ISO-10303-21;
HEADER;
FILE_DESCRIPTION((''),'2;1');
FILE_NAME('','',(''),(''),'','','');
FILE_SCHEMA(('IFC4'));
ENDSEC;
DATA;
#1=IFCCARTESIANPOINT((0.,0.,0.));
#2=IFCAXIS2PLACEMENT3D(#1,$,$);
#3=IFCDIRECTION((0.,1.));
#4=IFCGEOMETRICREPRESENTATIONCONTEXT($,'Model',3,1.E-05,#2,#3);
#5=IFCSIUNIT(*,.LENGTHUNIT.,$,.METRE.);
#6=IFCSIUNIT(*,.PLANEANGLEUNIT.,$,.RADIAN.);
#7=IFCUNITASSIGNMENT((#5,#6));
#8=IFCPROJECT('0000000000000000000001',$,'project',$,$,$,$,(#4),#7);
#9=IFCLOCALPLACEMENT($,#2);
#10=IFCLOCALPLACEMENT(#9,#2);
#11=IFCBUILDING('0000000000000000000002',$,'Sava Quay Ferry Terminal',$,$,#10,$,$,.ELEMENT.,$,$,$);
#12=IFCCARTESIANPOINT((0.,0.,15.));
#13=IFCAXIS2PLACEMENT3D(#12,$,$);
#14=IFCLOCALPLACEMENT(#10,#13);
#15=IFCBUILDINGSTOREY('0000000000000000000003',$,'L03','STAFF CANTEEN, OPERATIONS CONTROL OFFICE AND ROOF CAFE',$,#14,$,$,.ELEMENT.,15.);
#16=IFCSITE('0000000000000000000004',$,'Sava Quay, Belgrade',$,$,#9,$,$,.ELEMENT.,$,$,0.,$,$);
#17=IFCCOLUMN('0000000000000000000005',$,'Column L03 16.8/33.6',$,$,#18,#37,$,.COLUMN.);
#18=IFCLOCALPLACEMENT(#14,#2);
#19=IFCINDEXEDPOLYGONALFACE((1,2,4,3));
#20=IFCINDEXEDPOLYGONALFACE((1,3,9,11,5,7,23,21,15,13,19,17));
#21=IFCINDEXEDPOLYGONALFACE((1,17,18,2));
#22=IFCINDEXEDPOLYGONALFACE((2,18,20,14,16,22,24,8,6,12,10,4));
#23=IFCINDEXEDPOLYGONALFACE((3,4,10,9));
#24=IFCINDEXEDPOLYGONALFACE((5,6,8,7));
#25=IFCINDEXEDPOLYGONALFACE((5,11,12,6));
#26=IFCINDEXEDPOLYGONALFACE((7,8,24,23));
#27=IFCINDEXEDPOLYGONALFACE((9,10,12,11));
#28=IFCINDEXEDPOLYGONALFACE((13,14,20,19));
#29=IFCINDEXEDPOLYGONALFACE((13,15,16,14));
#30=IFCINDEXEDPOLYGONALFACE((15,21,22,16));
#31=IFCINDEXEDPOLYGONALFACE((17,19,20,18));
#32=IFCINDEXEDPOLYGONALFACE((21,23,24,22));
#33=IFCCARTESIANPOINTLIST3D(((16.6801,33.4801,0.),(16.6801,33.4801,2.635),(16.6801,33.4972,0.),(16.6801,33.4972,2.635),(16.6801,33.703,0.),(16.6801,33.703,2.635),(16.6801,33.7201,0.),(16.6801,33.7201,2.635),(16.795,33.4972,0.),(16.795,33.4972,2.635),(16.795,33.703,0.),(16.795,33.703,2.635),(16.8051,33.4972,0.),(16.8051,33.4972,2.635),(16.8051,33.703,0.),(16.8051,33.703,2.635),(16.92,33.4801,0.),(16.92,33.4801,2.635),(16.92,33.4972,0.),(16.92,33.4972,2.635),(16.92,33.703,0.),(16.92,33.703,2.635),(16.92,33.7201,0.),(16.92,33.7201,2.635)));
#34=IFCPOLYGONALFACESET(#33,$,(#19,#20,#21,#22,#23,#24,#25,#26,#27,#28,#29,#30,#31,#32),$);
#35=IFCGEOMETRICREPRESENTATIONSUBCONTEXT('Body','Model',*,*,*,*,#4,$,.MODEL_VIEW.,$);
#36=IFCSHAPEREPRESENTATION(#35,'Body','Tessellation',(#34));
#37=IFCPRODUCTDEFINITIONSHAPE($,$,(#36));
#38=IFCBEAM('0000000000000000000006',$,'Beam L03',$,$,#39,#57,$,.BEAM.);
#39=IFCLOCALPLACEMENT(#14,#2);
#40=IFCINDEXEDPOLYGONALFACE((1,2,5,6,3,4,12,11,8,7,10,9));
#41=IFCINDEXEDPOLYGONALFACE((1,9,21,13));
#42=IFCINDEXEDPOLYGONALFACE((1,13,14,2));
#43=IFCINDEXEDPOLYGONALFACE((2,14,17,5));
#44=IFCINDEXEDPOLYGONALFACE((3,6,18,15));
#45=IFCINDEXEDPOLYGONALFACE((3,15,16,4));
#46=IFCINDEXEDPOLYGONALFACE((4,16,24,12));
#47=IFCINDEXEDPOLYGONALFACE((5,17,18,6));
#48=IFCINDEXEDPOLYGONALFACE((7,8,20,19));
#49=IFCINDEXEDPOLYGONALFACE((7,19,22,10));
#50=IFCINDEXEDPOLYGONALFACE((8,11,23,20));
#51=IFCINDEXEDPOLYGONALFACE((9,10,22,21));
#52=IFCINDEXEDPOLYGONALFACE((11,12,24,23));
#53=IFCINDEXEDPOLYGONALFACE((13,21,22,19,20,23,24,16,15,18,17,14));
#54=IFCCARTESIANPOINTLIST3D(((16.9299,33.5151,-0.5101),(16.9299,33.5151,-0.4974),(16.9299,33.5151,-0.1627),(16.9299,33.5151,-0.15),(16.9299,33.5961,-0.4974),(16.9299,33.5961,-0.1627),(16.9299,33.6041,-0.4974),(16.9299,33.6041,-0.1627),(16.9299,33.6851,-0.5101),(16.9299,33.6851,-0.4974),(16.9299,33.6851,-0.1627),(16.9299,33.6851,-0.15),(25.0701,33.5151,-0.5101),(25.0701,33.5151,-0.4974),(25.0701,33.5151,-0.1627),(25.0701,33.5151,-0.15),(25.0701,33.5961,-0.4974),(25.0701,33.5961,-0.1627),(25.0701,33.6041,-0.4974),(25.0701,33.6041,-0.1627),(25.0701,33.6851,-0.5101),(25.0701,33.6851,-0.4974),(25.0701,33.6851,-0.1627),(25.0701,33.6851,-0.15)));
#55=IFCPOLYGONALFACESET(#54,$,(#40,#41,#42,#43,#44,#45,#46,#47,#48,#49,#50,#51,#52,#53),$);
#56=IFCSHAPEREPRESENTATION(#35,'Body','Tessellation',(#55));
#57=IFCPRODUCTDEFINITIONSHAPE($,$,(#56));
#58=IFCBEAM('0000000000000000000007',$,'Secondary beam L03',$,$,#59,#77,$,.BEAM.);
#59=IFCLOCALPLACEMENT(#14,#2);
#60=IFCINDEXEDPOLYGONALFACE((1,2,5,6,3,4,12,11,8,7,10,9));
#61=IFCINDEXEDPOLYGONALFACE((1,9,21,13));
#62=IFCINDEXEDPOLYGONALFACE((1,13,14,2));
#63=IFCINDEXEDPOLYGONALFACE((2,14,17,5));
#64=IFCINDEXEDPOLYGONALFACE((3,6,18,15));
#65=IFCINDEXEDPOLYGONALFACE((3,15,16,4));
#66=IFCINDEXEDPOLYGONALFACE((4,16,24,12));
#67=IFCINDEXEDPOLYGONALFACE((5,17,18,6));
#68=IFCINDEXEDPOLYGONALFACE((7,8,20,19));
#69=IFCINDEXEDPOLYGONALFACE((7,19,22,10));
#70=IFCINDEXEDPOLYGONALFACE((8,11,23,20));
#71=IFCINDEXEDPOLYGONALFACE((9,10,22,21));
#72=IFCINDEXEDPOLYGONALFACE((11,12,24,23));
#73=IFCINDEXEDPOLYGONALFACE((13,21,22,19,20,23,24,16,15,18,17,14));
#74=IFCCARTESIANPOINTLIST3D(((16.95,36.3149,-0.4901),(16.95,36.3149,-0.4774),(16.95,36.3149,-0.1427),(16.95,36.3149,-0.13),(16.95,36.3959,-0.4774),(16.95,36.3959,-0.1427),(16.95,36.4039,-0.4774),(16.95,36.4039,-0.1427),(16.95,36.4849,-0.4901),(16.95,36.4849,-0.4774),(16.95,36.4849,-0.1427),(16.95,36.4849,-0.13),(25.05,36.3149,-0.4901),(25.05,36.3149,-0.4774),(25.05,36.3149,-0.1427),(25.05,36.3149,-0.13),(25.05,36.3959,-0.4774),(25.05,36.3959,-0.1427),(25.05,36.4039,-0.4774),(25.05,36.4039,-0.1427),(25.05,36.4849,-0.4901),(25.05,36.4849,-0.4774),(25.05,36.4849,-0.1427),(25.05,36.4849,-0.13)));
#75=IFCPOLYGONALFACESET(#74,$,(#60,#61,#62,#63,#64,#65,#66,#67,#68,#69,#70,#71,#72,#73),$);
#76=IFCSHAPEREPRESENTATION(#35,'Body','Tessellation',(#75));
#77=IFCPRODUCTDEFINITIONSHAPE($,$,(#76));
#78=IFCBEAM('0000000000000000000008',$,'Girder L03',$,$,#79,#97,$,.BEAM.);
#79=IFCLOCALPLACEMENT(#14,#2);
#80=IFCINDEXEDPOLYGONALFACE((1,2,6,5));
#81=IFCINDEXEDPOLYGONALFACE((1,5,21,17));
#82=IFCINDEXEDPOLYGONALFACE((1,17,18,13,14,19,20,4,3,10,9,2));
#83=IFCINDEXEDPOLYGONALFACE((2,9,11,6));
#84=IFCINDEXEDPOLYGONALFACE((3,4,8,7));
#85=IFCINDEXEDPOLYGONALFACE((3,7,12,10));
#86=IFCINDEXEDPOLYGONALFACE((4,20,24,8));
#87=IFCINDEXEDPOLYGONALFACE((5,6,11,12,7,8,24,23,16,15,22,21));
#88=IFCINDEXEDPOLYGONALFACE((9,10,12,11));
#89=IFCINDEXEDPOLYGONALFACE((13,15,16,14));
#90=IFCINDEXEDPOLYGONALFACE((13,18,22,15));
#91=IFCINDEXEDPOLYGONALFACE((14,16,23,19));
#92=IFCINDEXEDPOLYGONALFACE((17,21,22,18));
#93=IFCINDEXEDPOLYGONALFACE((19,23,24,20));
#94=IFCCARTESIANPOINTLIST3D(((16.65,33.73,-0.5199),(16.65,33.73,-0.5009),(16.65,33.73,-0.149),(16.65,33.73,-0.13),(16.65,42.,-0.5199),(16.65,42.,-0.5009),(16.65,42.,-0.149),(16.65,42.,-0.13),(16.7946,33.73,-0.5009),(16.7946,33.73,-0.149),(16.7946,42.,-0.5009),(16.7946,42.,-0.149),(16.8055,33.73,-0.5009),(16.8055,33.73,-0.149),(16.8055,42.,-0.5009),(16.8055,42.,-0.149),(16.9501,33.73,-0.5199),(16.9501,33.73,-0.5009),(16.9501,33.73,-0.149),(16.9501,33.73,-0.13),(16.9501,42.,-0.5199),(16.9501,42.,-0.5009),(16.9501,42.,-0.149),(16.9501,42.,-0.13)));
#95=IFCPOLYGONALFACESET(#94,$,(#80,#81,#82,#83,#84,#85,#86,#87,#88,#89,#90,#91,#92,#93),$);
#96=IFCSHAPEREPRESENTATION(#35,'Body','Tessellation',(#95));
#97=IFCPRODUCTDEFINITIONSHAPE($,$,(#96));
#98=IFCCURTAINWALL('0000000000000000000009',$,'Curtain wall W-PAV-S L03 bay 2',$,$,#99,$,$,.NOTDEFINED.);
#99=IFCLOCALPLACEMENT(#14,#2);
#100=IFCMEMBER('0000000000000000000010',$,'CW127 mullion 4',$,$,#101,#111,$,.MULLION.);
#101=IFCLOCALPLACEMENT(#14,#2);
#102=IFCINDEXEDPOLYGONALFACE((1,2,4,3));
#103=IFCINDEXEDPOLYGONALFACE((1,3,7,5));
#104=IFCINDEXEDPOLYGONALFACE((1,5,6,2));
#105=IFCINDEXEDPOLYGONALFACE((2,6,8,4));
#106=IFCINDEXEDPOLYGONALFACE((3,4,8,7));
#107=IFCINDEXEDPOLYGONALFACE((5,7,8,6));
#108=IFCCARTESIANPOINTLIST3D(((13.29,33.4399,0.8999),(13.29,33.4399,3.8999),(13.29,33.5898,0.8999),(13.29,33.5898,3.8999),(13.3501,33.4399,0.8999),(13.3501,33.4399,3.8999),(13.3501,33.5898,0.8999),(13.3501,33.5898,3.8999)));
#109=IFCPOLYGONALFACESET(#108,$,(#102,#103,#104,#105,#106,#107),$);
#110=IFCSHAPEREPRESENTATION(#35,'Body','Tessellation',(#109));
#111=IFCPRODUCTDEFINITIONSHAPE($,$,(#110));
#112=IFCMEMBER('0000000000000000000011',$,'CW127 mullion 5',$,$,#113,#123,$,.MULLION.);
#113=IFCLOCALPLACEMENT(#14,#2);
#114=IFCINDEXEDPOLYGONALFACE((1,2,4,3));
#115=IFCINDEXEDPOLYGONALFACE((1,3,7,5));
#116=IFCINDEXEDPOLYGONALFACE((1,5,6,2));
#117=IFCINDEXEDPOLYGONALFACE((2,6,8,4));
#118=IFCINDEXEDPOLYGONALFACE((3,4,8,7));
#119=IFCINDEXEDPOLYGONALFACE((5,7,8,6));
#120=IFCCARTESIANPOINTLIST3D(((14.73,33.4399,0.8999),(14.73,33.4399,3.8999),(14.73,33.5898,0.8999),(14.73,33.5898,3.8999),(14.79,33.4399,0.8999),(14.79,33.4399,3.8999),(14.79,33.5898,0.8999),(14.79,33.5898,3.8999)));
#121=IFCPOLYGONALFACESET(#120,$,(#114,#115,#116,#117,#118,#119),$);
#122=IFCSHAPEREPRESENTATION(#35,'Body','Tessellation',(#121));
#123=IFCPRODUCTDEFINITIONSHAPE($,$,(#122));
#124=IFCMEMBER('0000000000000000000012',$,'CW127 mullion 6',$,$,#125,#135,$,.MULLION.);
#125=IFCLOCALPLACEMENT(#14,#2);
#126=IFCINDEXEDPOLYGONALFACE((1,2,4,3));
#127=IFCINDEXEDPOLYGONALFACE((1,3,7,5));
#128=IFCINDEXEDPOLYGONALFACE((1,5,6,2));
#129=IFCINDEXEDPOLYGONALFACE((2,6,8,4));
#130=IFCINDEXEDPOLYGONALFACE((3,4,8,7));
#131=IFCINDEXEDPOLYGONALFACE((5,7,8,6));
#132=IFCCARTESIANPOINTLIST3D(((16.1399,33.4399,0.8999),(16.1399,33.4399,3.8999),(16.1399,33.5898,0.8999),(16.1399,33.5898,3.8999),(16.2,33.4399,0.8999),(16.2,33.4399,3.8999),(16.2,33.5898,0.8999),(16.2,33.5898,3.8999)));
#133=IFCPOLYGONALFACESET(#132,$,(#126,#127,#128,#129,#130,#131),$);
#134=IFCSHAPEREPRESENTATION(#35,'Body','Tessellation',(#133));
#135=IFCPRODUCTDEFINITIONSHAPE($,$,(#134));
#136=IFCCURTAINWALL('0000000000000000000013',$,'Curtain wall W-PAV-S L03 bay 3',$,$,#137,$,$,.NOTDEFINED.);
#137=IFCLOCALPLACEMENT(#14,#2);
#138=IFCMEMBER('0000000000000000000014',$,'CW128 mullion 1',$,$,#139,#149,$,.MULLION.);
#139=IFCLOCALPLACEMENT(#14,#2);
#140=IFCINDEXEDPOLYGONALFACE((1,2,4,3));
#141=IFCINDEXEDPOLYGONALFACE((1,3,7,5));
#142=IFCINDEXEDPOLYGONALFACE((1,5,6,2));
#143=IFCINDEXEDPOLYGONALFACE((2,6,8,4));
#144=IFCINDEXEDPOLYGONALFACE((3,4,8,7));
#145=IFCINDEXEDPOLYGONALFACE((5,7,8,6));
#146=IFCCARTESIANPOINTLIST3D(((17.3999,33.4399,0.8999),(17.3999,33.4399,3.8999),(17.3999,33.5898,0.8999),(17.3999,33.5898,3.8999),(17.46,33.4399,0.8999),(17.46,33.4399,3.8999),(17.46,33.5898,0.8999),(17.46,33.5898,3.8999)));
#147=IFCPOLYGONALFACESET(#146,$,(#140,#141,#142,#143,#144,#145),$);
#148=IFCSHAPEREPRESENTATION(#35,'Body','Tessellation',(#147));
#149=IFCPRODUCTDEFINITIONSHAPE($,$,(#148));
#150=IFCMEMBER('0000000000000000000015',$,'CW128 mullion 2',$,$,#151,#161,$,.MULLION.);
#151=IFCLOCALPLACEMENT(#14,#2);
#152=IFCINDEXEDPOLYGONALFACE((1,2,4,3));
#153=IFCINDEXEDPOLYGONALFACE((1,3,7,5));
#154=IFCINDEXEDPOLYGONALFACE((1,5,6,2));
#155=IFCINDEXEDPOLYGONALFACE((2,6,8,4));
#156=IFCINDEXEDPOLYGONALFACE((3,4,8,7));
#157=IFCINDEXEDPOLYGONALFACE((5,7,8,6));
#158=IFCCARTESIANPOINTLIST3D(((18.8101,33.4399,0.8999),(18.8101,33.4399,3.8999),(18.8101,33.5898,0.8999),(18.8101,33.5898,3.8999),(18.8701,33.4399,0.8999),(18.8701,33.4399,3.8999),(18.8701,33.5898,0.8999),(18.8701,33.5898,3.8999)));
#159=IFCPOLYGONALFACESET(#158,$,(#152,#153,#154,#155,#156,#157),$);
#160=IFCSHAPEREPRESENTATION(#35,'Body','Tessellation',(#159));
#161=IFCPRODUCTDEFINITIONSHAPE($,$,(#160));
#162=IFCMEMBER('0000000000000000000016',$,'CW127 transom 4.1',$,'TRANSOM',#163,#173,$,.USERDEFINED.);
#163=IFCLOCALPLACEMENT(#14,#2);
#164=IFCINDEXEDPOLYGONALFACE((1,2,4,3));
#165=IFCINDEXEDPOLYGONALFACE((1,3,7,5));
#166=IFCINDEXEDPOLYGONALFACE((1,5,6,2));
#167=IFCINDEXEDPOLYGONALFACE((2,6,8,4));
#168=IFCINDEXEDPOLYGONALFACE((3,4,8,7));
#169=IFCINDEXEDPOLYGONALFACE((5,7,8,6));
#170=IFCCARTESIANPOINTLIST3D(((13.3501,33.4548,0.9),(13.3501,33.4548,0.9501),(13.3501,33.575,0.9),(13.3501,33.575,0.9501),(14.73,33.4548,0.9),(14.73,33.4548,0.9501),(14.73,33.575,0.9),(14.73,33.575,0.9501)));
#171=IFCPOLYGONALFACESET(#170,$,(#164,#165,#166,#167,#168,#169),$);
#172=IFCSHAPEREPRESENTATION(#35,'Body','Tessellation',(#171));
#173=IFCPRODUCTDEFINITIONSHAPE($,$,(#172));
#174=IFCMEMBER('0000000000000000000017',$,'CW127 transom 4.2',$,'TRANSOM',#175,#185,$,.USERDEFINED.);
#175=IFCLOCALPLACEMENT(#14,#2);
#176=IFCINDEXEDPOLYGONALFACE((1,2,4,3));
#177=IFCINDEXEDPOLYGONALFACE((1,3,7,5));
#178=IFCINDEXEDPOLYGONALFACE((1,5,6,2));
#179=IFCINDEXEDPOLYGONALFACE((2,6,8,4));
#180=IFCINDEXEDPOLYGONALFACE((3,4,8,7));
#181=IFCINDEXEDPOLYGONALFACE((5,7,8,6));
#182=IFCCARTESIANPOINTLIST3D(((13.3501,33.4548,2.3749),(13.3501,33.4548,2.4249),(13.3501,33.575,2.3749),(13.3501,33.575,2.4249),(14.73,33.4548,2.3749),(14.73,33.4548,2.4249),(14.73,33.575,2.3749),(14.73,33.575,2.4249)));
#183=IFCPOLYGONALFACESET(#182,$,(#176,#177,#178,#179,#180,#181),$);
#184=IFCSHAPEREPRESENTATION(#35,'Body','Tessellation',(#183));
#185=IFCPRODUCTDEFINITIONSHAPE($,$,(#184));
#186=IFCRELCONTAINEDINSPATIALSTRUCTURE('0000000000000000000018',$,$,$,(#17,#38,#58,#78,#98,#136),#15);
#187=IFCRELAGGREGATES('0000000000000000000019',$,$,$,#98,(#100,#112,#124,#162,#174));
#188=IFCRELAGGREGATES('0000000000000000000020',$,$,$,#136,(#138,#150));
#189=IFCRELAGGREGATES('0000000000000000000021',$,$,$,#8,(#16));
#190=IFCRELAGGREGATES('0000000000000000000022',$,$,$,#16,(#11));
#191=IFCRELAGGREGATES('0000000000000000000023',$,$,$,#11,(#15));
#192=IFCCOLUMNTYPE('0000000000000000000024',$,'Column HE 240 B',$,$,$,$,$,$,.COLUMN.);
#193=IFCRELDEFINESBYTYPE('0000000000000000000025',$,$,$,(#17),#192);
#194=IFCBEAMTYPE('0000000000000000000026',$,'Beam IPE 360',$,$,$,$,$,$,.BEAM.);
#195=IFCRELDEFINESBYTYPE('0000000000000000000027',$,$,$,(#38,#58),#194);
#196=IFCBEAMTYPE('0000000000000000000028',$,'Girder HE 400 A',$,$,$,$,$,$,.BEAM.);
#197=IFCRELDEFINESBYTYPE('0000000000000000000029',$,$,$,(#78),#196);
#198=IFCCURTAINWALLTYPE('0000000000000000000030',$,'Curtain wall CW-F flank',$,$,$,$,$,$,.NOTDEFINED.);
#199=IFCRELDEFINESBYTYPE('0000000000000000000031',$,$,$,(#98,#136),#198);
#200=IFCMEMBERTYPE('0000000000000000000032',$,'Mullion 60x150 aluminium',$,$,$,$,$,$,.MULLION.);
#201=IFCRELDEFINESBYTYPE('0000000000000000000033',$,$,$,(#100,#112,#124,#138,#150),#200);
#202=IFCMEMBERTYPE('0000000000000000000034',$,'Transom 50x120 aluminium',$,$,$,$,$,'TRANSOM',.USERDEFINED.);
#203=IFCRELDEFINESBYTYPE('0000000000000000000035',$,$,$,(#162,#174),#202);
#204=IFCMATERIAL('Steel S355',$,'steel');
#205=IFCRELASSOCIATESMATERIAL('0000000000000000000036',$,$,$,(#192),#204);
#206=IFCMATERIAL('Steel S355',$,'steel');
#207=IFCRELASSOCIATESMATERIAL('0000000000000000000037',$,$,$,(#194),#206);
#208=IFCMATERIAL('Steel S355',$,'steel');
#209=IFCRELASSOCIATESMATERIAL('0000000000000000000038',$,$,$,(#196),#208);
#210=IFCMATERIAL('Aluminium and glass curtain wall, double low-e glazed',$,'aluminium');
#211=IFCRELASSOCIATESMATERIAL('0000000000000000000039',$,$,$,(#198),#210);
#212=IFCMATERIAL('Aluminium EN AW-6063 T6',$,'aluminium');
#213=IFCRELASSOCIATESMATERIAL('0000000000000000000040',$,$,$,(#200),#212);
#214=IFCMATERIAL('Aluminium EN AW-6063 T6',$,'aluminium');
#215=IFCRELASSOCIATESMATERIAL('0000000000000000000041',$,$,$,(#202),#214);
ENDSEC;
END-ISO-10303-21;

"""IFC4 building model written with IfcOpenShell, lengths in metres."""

from ifc_helpers import new_model, si_unit, direction, frame, origin, origin_2d, place, context, subcontext, project, spatial, rectangle, i_section, extrude, material, material_profile, profile_set, type_object, element, aggregate, save


model = new_model("IFC4")

# Units and contexts
model_context = context("Model", 3, precision=1e-05, world=origin(), true_north=direction((0.0, 1.0)))
body_context = subcontext(model_context, "Body", "Model", "MODEL_VIEW")
ifc_project = project(units=[si_unit("LENGTHUNIT", "METRE"), si_unit("PLANEANGLEUNIT", "RADIAN")], contexts=[model_context])

# Site, building, storey
site_placement = place(None, origin())
site = spatial("IfcSite", under=ifc_project, at=site_placement, Name="Sava Quay, Belgrade", CompositionType="ELEMENT", RefElevation=0.0)
building_placement = place(site_placement, origin())
building = spatial("IfcBuilding", under=site, at=building_placement, Name="Sava Quay Ferry Terminal", CompositionType="ELEMENT")
storey_placement = place(building_placement, frame((0.0, 0.0, 15.0)))
storey = spatial("IfcBuildingStorey", under=building, at=storey_placement, Name="L03", Description="STAFF CANTEEN, OPERATIONS CONTROL OFFICE AND ROOF CAFE", CompositionType="ELEMENT", Elevation=15.0)

# Column
ifc_material_1 = material(Name="Steel S355", Category="steel")
ifc_material_profile_1 = material_profile(ifc_material_1, i_section(OverallWidth=0.24, OverallDepth=0.24, WebThickness=0.01, FlangeThickness=0.0171, at=origin_2d()), Name="HE 240 B")
ifc_profile_set_1 = profile_set([ifc_material_profile_1], Name="Steel S355")
column_type = type_object("IfcColumnType", Name="Column HE 240 B", PredefinedType="COLUMN", material=ifc_profile_set_1)
column_placement = place(storey_placement, frame((16.8, 33.6001, 0.0), z_axis=(0.0, 0.0, 1.0), x_axis=(1.0, 0.0, 0.0)))
element("IfcColumn", 1, at=column_placement, inside=storey, type_object=column_type, Name="Column L03 16.8/33.6", PredefinedType="COLUMN", context=body_context, shape_type="SweptSolid", body=[
    extrude(i_section(OverallWidth=0.24, OverallDepth=0.24, WebThickness=0.01, FlangeThickness=0.0171, at=origin_2d()), origin(), (0.0, 0.0, 1.0), 2.635),
])

# Beams
ifc_material_2 = material(Name="Steel S355", Category="steel")
ifc_material_profile_2 = material_profile(ifc_material_2, i_section(OverallWidth=0.1699, OverallDepth=0.3601, WebThickness=0.0081, FlangeThickness=0.0127, at=origin_2d()), Name="IPE 360")
ifc_profile_set_2 = profile_set([ifc_material_profile_2], Name="Steel S355")
beam_type_1 = type_object("IfcBeamType", Name="Beam IPE 360", PredefinedType="BEAM", material=ifc_profile_set_2)
beam_1_placement = place(storey_placement, frame((16.9299, 33.6001, -0.3301), z_axis=(1.0, 0.0, 0.0), x_axis=(0.0, 1.0, 0.0)))
element("IfcBeam", 2, at=beam_1_placement, inside=storey, type_object=beam_type_1, Name="Beam L03", PredefinedType="BEAM", context=body_context, shape_type="SweptSolid", body=[
    extrude(i_section(OverallWidth=0.1699, OverallDepth=0.3601, WebThickness=0.0081, FlangeThickness=0.0127, at=origin_2d()), origin(), (0.0, 0.0, 1.0), 8.1401),
])
beam_2_placement = place(storey_placement, frame((16.95, 36.3999, -0.3101), z_axis=(1.0, 0.0, 0.0), x_axis=(0.0, 1.0, 0.0)))
element("IfcBeam", 3, at=beam_2_placement, inside=storey, type_object=beam_type_1, Name="Secondary beam L03", PredefinedType="BEAM", context=body_context, shape_type="SweptSolid", body=[
    extrude(i_section(OverallWidth=0.1699, OverallDepth=0.3601, WebThickness=0.0081, FlangeThickness=0.0127, at=origin_2d()), origin(), (0.0, 0.0, 1.0), 8.1001),
])
ifc_material_3 = material(Name="Steel S355", Category="steel")
ifc_material_profile_3 = material_profile(ifc_material_3, i_section(OverallWidth=0.3, OverallDepth=0.3899, WebThickness=0.011, FlangeThickness=0.019, at=origin_2d()), Name="HE 400 A")
ifc_profile_set_3 = profile_set([ifc_material_profile_3], Name="Steel S355")
beam_type_2 = type_object("IfcBeamType", Name="Girder HE 400 A", PredefinedType="BEAM", material=ifc_profile_set_3)
beam_3_placement = place(storey_placement, frame((16.8, 33.73, -0.325), z_axis=(0.0, 1.0, 0.0), x_axis=(-1.0, 0.0, 0.0)))
element("IfcBeam", 4, at=beam_3_placement, inside=storey, type_object=beam_type_2, Name="Girder L03", PredefinedType="BEAM", context=body_context, shape_type="SweptSolid", body=[
    extrude(i_section(OverallWidth=0.3, OverallDepth=0.3899, WebThickness=0.011, FlangeThickness=0.019, at=origin_2d()), origin(), (0.0, 0.0, 1.0), 8.27),
])

# Curtain walls, members
ifc_material_4 = material(Name="Aluminium and glass curtain wall, double low-e glazed", Category="aluminium")
curtain_wall_type = type_object("IfcCurtainWallType", Name="Curtain wall CW-F flank", PredefinedType="NOTDEFINED", material=ifc_material_4)
curtain_wall_1_placement = place(storey_placement, origin())
curtain_wall_1 = element("IfcCurtainWall", 5, at=curtain_wall_1_placement, inside=storey, type_object=curtain_wall_type, Name="Curtain wall W-PAV-S L03 bay 2", PredefinedType="NOTDEFINED")
ifc_material_5 = material(Name="Aluminium EN AW-6063 T6", Category="aluminium")
ifc_material_profile_4 = material_profile(ifc_material_5, rectangle(XDim=0.1499, YDim=0.0601, at=origin_2d()), Name="Mullion 60x150 aluminium")
ifc_profile_set_4 = profile_set([ifc_material_profile_4], Name="Aluminium EN AW-6063 T6")
member_type_1 = type_object("IfcMemberType", Name="Mullion 60x150 aluminium", PredefinedType="MULLION", material=ifc_profile_set_4)
member_1_placement = place(storey_placement, frame((13.3201, 33.5149, 0.8999), z_axis=(0.0, 0.0, 1.0), x_axis=(0.0, 1.0, 0.0)))
member_1 = element("IfcMember", 6, at=member_1_placement, type_object=member_type_1, Name="CW127 mullion 4", PredefinedType="MULLION", context=body_context, shape_type="SweptSolid", body=[
    extrude(rectangle(XDim=0.1499, YDim=0.0601, at=origin_2d()), origin(), (0.0, 0.0, 1.0), 3.0),
])
member_2_placement = place(storey_placement, frame((14.76, 33.5149, 0.8999), z_axis=(0.0, 0.0, 1.0), x_axis=(0.0, 1.0, 0.0)))
member_2 = element("IfcMember", 7, at=member_2_placement, type_object=member_type_1, Name="CW127 mullion 5", PredefinedType="MULLION", context=body_context, shape_type="SweptSolid", body=[
    extrude(rectangle(XDim=0.1499, YDim=0.0601, at=origin_2d()), origin(), (0.0, 0.0, 1.0), 3.0),
])
member_3_placement = place(storey_placement, frame((16.1699, 33.5149, 0.8999), z_axis=(0.0, 0.0, 1.0), x_axis=(0.0, 1.0, 0.0)))
member_3 = element("IfcMember", 8, at=member_3_placement, type_object=member_type_1, Name="CW127 mullion 6", PredefinedType="MULLION", context=body_context, shape_type="SweptSolid", body=[
    extrude(rectangle(XDim=0.1499, YDim=0.0601, at=origin_2d()), origin(), (0.0, 0.0, 1.0), 3.0),
])
curtain_wall_2_placement = place(storey_placement, origin())
curtain_wall_2 = element("IfcCurtainWall", 9, at=curtain_wall_2_placement, inside=storey, type_object=curtain_wall_type, Name="Curtain wall W-PAV-S L03 bay 3", PredefinedType="NOTDEFINED")
member_4_placement = place(storey_placement, frame((17.4299, 33.5149, 0.8999), z_axis=(0.0, 0.0, 1.0), x_axis=(0.0, 1.0, 0.0)))
member_4 = element("IfcMember", 10, at=member_4_placement, type_object=member_type_1, Name="CW128 mullion 1", PredefinedType="MULLION", context=body_context, shape_type="SweptSolid", body=[
    extrude(rectangle(XDim=0.1499, YDim=0.0601, at=origin_2d()), origin(), (0.0, 0.0, 1.0), 3.0),
])
member_5_placement = place(storey_placement, frame((18.8401, 33.5149, 0.8999), z_axis=(0.0, 0.0, 1.0), x_axis=(0.0, 1.0, 0.0)))
member_5 = element("IfcMember", 11, at=member_5_placement, type_object=member_type_1, Name="CW128 mullion 2", PredefinedType="MULLION", context=body_context, shape_type="SweptSolid", body=[
    extrude(rectangle(XDim=0.1499, YDim=0.0601, at=origin_2d()), origin(), (0.0, 0.0, 1.0), 3.0),
])

# Members
ifc_material_6 = material(Name="Aluminium EN AW-6063 T6", Category="aluminium")
ifc_material_profile_5 = material_profile(ifc_material_6, rectangle(XDim=0.1201, YDim=0.05, at=origin_2d()), Name="Transom 50x120 aluminium")
ifc_profile_set_5 = profile_set([ifc_material_profile_5], Name="Aluminium EN AW-6063 T6")
member_type_2 = type_object("IfcMemberType", Name="Transom 50x120 aluminium", ElementType="TRANSOM", PredefinedType="USERDEFINED", material=ifc_profile_set_5)
member_6_placement = place(storey_placement, frame((13.3501, 33.5149, 0.925), z_axis=(1.0, 0.0, 0.0), x_axis=(0.0, 1.0, 0.0)))
member_6 = element("IfcMember", 12, at=member_6_placement, type_object=member_type_2, Name="CW127 transom 4.1", ObjectType="TRANSOM", PredefinedType="USERDEFINED", context=body_context, shape_type="SweptSolid", body=[
    extrude(rectangle(XDim=0.1201, YDim=0.05, at=origin_2d()), origin(), (0.0, 0.0, 1.0), 1.3799),
])
member_7_placement = place(storey_placement, frame((13.3501, 33.5149, 2.3999), z_axis=(1.0, 0.0, 0.0), x_axis=(0.0, 1.0, 0.0)))
member_7 = element("IfcMember", 13, at=member_7_placement, type_object=member_type_2, Name="CW127 transom 4.2", ObjectType="TRANSOM", PredefinedType="USERDEFINED", context=body_context, shape_type="SweptSolid", body=[
    extrude(rectangle(XDim=0.1201, YDim=0.05, at=origin_2d()), origin(), (0.0, 0.0, 1.0), 1.3799),
])

aggregate(curtain_wall_1, [member_1, member_2, member_3, member_6, member_7])
aggregate(curtain_wall_2, [member_4, member_5])

save(model, "model.ifc")
